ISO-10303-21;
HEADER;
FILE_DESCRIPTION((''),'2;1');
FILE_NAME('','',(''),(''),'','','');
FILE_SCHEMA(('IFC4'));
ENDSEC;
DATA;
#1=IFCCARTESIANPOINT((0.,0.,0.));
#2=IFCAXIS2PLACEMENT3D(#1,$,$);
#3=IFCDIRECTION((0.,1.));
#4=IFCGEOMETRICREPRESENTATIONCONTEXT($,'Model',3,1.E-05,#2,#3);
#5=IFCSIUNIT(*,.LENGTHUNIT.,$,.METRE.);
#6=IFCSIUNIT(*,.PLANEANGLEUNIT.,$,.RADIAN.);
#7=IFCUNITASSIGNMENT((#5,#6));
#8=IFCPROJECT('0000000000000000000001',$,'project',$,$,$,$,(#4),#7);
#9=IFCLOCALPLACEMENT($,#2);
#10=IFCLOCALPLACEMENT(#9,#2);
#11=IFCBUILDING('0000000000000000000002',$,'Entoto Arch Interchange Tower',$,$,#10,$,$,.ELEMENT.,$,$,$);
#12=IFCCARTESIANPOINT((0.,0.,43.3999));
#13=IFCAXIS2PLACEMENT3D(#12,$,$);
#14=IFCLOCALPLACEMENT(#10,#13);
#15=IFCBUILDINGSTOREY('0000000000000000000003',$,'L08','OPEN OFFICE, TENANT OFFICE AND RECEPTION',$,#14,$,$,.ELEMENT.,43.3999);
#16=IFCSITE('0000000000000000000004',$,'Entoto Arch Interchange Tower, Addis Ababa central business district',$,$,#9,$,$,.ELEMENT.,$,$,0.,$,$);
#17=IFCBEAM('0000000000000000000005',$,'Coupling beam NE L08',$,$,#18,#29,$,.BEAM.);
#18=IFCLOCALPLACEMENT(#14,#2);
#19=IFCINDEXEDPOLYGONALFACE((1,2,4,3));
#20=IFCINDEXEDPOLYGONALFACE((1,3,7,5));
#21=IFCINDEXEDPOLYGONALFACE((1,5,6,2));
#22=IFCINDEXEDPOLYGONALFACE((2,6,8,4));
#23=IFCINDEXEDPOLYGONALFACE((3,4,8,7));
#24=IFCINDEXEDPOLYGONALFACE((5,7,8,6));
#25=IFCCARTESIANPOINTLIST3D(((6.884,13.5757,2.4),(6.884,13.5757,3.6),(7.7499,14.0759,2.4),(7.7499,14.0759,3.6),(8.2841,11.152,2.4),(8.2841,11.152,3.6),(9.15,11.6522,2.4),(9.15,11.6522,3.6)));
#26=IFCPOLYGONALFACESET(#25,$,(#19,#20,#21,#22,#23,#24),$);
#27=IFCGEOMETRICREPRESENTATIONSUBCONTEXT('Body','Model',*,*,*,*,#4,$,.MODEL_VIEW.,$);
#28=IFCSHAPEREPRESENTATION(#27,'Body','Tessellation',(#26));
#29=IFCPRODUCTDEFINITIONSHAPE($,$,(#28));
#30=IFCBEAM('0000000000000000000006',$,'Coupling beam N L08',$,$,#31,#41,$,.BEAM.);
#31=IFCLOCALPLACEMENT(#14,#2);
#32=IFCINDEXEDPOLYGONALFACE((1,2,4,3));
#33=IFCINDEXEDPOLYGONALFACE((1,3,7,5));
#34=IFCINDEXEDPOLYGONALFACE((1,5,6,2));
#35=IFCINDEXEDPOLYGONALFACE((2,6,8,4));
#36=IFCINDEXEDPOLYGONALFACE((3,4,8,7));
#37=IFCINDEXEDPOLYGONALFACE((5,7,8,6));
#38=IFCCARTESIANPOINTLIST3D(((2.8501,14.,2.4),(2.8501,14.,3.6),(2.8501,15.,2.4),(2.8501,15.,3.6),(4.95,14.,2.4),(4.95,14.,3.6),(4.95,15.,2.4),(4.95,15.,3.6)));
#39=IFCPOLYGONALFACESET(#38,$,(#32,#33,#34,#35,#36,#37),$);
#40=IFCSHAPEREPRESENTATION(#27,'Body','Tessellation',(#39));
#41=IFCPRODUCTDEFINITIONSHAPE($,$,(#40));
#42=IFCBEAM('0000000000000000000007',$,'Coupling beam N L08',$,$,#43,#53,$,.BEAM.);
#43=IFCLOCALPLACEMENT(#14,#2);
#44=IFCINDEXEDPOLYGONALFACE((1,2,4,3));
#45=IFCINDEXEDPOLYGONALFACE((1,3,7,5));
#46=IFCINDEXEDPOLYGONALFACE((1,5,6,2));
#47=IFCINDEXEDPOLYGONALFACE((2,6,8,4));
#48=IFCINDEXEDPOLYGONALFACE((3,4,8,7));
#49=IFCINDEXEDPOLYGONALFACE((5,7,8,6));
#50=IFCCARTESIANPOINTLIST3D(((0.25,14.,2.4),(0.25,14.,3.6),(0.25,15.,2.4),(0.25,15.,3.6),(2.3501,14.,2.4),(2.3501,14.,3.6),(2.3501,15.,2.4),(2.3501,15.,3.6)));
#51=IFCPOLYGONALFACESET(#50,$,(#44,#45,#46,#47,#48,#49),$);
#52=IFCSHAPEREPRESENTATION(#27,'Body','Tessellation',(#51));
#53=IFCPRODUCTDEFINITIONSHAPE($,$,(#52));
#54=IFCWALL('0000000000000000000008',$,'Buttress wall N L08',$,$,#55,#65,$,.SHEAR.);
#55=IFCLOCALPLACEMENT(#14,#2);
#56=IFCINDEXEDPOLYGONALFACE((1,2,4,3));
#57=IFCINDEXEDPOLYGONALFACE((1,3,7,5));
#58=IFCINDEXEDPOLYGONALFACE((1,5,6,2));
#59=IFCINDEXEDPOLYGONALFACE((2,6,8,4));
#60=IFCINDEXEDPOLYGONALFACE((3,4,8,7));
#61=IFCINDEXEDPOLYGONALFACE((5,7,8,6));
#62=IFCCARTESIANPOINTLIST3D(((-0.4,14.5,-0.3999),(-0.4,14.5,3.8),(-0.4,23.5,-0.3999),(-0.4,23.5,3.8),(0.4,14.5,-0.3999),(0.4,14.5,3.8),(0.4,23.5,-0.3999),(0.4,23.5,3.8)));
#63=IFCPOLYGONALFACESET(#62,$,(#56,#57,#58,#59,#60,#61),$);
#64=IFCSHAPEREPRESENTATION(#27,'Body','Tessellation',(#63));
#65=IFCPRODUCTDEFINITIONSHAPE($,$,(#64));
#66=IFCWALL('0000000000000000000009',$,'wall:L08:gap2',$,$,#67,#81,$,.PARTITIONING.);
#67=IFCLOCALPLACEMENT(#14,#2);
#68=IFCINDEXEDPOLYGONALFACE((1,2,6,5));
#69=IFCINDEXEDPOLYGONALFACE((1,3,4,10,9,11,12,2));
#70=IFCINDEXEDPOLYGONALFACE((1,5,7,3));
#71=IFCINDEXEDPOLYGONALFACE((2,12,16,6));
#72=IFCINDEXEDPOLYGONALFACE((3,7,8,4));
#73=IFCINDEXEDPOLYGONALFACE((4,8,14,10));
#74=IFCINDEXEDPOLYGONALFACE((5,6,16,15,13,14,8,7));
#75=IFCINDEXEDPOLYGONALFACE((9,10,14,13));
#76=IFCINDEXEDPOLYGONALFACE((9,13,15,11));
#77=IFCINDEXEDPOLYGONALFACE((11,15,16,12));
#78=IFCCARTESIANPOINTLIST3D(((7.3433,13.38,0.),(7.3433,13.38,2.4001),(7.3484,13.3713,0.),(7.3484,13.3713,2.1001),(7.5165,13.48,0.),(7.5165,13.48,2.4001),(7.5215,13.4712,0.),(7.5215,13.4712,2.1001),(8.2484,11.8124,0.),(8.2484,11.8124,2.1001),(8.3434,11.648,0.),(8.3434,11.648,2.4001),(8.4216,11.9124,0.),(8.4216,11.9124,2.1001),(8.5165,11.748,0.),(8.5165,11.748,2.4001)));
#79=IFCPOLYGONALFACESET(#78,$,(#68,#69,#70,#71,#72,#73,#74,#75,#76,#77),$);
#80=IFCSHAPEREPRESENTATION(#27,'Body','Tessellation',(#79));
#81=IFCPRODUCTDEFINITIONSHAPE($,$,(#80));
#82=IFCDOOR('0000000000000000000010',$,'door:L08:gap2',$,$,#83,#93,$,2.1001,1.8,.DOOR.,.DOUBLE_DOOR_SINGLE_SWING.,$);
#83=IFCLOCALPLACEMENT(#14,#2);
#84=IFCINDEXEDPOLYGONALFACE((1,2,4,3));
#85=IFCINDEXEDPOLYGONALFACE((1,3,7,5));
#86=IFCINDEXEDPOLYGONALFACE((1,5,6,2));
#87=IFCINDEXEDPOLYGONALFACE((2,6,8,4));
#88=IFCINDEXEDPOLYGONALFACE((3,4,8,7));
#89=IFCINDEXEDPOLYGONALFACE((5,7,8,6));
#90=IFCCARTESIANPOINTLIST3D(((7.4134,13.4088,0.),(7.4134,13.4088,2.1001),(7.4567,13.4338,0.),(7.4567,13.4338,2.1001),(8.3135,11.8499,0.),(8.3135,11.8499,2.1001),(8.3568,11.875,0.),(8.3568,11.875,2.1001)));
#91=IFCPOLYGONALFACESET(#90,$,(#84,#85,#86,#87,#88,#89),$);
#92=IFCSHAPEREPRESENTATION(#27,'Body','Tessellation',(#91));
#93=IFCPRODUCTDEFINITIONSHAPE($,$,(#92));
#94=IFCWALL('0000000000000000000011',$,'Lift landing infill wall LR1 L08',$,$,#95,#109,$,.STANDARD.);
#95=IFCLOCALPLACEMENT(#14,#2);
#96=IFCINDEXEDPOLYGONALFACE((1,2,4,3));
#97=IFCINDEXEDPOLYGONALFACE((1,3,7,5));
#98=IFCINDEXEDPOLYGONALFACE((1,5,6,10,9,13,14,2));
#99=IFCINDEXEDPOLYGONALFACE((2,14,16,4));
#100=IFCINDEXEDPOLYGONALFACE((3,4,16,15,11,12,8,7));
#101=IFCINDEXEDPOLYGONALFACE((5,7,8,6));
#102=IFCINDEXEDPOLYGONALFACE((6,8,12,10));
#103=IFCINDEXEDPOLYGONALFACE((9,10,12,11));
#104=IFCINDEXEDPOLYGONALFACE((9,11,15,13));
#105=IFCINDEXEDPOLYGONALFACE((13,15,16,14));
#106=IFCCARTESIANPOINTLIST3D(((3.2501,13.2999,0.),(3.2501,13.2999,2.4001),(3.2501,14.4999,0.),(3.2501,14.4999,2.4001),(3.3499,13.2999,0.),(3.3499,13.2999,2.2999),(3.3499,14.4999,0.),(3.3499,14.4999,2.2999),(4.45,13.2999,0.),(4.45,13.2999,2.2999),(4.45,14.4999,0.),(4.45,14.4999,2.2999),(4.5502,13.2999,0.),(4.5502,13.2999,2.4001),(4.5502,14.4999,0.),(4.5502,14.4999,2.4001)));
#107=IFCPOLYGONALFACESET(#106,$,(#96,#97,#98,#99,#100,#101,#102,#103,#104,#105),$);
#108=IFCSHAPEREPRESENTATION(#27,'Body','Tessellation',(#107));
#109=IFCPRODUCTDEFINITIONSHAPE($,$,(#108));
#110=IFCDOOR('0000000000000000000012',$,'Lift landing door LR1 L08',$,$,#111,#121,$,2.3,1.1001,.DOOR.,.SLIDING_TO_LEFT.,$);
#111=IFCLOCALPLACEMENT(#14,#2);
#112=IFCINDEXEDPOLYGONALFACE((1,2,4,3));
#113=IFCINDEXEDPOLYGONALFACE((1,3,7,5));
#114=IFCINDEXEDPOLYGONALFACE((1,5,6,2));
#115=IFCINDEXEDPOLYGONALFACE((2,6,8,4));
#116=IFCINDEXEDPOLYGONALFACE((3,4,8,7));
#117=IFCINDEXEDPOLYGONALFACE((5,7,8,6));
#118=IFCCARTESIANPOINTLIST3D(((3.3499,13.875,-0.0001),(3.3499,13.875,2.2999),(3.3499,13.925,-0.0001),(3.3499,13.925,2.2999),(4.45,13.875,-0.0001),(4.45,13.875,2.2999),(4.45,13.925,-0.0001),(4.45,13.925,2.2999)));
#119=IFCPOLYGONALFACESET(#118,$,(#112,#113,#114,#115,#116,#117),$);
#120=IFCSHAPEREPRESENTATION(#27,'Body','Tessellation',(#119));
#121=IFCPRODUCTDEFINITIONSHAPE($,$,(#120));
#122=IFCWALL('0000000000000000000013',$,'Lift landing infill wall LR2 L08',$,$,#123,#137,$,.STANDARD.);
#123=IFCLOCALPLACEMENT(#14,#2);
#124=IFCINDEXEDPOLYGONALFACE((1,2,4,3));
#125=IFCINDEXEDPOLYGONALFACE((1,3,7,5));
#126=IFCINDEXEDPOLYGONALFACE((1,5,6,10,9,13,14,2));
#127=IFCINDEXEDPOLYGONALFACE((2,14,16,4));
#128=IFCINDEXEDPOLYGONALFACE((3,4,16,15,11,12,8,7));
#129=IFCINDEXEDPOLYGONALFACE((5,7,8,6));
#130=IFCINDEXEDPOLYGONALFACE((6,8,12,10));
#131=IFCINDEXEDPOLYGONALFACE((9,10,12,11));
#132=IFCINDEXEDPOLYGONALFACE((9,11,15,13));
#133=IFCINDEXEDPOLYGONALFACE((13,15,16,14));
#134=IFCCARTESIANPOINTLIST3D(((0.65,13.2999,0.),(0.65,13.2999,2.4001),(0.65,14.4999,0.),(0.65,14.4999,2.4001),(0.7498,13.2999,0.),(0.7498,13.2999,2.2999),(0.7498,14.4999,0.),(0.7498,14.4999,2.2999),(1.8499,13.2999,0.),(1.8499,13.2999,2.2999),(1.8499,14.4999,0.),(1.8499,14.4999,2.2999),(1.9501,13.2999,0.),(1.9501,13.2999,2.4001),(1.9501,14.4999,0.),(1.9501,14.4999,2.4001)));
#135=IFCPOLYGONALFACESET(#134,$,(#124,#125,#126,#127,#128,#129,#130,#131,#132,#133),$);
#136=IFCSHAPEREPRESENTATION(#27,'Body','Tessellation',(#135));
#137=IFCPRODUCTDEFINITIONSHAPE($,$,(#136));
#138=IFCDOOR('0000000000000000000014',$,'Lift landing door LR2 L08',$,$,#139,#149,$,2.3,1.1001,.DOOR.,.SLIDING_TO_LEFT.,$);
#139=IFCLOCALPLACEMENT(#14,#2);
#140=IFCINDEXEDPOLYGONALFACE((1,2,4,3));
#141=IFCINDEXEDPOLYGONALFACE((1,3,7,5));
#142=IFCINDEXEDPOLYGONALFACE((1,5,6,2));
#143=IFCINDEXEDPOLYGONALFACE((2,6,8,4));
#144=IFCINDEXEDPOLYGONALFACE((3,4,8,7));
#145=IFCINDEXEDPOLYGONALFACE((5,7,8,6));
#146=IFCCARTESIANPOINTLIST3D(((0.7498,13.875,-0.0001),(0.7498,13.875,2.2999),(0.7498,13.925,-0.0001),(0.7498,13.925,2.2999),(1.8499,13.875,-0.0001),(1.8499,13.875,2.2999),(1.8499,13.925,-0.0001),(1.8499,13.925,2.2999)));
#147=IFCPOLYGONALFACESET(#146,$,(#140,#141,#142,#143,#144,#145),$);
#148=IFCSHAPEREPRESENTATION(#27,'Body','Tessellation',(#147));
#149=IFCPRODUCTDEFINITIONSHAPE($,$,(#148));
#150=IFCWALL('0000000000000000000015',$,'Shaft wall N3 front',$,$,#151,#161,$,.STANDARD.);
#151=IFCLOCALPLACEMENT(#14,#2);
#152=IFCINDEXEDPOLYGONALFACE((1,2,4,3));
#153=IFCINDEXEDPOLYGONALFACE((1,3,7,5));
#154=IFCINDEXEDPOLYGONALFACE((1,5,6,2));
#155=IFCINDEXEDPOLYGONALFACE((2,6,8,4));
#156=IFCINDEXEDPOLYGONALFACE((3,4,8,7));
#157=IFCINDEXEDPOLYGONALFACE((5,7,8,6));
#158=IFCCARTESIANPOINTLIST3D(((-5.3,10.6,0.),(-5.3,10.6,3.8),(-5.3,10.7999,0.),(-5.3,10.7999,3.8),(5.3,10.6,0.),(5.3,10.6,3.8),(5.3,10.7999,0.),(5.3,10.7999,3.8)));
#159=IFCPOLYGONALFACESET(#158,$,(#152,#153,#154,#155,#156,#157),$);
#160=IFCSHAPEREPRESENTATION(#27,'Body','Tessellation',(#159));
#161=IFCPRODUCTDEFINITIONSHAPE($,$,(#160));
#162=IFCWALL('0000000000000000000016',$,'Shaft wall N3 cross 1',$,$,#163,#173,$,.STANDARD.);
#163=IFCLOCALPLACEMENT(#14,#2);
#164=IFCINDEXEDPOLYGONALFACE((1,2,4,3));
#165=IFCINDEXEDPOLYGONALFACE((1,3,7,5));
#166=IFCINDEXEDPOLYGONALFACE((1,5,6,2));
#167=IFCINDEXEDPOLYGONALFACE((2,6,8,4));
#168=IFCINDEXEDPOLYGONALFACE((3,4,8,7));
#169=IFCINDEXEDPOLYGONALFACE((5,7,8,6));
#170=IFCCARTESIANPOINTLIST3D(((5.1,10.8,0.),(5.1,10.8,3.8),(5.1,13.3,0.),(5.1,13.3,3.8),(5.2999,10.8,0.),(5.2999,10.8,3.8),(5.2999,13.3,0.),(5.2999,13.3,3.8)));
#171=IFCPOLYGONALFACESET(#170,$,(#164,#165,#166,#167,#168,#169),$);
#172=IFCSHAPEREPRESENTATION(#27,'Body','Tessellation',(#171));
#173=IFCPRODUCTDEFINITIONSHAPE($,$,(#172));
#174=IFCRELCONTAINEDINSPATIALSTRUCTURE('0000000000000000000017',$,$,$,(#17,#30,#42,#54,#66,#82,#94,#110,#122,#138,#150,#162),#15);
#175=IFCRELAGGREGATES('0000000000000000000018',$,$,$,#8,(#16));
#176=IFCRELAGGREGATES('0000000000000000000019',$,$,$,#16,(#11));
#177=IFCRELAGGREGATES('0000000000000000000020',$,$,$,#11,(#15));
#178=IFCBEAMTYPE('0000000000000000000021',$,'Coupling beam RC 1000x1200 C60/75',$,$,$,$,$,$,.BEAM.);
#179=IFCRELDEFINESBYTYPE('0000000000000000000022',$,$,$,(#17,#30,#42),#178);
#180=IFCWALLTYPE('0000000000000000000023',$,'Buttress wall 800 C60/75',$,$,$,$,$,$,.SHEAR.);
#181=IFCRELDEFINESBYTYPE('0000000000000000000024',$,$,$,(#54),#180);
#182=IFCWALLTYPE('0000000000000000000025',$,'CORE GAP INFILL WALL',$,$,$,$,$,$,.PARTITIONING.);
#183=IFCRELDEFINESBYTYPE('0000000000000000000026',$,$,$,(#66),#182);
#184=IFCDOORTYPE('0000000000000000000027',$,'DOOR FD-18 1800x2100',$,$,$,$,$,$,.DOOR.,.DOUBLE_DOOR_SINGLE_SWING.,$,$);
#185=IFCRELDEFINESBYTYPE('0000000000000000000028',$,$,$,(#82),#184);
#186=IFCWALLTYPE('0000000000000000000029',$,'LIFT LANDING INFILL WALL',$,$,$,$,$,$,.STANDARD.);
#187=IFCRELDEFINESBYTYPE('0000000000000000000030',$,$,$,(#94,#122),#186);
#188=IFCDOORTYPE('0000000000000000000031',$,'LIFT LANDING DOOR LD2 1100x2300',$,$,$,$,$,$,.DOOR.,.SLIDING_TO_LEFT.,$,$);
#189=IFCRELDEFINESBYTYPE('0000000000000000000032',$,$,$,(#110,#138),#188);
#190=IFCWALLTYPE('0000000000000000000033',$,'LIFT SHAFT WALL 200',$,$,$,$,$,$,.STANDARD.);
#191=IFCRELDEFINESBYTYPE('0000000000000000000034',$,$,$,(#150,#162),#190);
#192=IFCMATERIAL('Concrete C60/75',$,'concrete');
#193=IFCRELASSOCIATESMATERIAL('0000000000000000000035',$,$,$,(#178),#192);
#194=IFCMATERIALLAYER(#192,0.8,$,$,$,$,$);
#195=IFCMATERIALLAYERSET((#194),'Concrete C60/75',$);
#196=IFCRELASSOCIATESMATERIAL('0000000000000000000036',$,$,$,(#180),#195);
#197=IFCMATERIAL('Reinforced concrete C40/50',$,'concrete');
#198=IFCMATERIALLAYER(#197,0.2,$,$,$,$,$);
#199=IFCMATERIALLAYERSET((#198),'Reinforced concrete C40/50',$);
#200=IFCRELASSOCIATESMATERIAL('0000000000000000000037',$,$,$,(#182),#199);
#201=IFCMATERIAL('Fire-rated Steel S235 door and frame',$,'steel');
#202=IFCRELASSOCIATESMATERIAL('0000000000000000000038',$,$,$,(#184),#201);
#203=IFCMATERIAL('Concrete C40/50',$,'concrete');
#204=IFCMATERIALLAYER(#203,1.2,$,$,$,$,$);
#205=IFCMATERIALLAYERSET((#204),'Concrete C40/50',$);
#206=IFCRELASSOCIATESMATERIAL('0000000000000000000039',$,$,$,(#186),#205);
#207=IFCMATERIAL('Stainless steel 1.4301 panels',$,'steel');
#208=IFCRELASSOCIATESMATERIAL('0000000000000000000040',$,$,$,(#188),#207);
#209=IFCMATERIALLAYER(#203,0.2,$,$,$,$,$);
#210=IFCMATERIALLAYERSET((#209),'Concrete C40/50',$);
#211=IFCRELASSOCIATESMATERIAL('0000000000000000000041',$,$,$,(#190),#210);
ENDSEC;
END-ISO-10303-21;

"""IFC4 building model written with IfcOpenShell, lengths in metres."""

from ifc_helpers import new_model, si_unit, direction, frame, frame_2d, origin, origin_2d, place, context, subcontext, project, spatial, rectangle, extrude, material, layer, layer_set, material_profile, profile_set, type_object, element, fill, save


model = new_model("IFC4")

# Units and contexts
model_context = context("Model", 3, precision=1e-05, world=origin(), true_north=direction((0.0, 1.0)))
body_context = subcontext(model_context, "Body", "Model", "MODEL_VIEW")
ifc_project = project(units=[si_unit("LENGTHUNIT", "METRE"), si_unit("PLANEANGLEUNIT", "RADIAN")], contexts=[model_context])

# Site, building, storey
site_placement = place(None, origin())
site = spatial("IfcSite", under=ifc_project, at=site_placement, Name="Entoto Arch Interchange Tower, Addis Ababa central business district", CompositionType="ELEMENT", RefElevation=0.0)
building_placement = place(site_placement, origin())
building = spatial("IfcBuilding", under=site, at=building_placement, Name="Entoto Arch Interchange Tower", CompositionType="ELEMENT")
storey_placement = place(building_placement, frame((0.0, 0.0, 43.3999)))
storey = spatial("IfcBuildingStorey", under=building, at=storey_placement, Name="L08", Description="OPEN OFFICE, TENANT OFFICE AND RECEPTION", CompositionType="ELEMENT", Elevation=43.3999)

# Beams
ifc_material_1 = material(Name="Concrete C60/75", Category="concrete")
ifc_material_profile = material_profile(ifc_material_1, rectangle(XDim=1.0, YDim=1.2, at=origin_2d()))
ifc_profile_set = profile_set([ifc_material_profile], Name="Concrete C60/75")
beam_type = type_object("IfcBeamType", Name="Coupling beam RC 1000x1200 C60/75", PredefinedType="BEAM", material=ifc_profile_set)
beam_1_placement = place(storey_placement, frame((8.717, 11.4021, 3.0), z_axis=(-0.500201, 0.86591, 0.0), x_axis=(-0.86591, -0.500201, 0.0)))
element("IfcBeam", 1, at=beam_1_placement, inside=storey, type_object=beam_type, Name="Coupling beam NE L08", PredefinedType="BEAM", context=body_context, shape_type="SweptSolid", body=[
    extrude(rectangle(XDim=1.0, YDim=1.2, at=origin_2d()), origin(), (0.0, 0.0, 1.0), 2.7991),
])
beam_2_placement = place(storey_placement, frame((4.95, 14.5, 3.0), z_axis=(-1.0, 0.0, 0.0), x_axis=(0.0, -1.0, 0.0)))
element("IfcBeam", 2, at=beam_2_placement, inside=storey, type_object=beam_type, Name="Coupling beam N L08", PredefinedType="BEAM", context=body_context, shape_type="SweptSolid", body=[
    extrude(rectangle(XDim=1.0, YDim=1.2, at=origin_2d()), origin(), (0.0, 0.0, 1.0), 2.0999),
])
beam_3_placement = place(storey_placement, frame((2.3501, 14.5, 3.0), z_axis=(-1.0, 0.0, 0.0), x_axis=(0.0, -1.0, 0.0)))
element("IfcBeam", 3, at=beam_3_placement, inside=storey, type_object=beam_type, Name="Coupling beam N L08", PredefinedType="BEAM", context=body_context, shape_type="SweptSolid", body=[
    extrude(rectangle(XDim=1.0, YDim=1.2, at=origin_2d()), origin(), (0.0, 0.0, 1.0), 2.1001),
])

# Wall
ifc_layer_1 = layer(ifc_material_1, 0.8)
ifc_layer_set_1 = layer_set([ifc_layer_1], Name="Concrete C60/75")
wall_type_1 = type_object("IfcWallType", Name="Buttress wall 800 C60/75", PredefinedType="SHEAR", material=ifc_layer_set_1)
wall_1_placement = place(storey_placement, frame((0.0, 14.5, -0.3999), z_axis=(0.0, 0.0, 1.0), x_axis=(0.0, 1.0, 0.0)))
element("IfcWall", 4, at=wall_1_placement, inside=storey, type_object=wall_type_1, Name="Buttress wall N L08", PredefinedType="SHEAR", context=body_context, shape_type="SweptSolid", body=[
    extrude(rectangle(XDim=9.0, YDim=0.8, at=frame_2d((4.5, 0.0))), origin(), (0.0, 0.0, 1.0), 4.2),
])

# Walls, openings, doors
ifc_material_2 = material(Name="Reinforced concrete C40/50", Category="concrete")
ifc_layer_2 = layer(ifc_material_2, 0.2)
ifc_layer_set_2 = layer_set([ifc_layer_2], Name="Reinforced concrete C40/50")
wall_type_2 = type_object("IfcWallType", Name="CORE GAP INFILL WALL", PredefinedType="PARTITIONING", material=ifc_layer_set_2)
wall_2_placement = place(storey_placement, frame((8.4299, 11.698, 0.0), z_axis=(0.0, 0.0, 1.0), x_axis=(-0.500025, 0.866011, 0.0)))
wall_2 = element("IfcWall", 5, at=wall_2_placement, inside=storey, type_object=wall_type_2, Name="wall:L08:gap2", PredefinedType="PARTITIONING", context=body_context, shape_type="SweptSolid", body=[
    extrude(rectangle(XDim=2.0, YDim=0.2, at=frame_2d((1.0, 0.0))), origin(), (0.0, 0.0, 1.0), 2.4001),
])
opening_1_placement = place(wall_2_placement, frame((0.1899, 0.0, 0.0)))
opening_1 = element("IfcOpeningElement", 6, at=opening_1_placement, cuts=wall_2, PredefinedType="OPENING", context=body_context, shape_type="SweptSolid", body=[
    extrude(rectangle(XDim=1.8, YDim=2.1001, at=frame_2d((0.8999, 1.05))), frame((0.0, 0.1099, 0.0), z_axis=(0.0, -1.0, 0.0), x_axis=(1.0, 0.0, 0.0)), (0.0, 0.0, 1.0), 0.22),
])
ifc_material_3 = material(Name="Fire-rated Steel S235 door and frame", Category="steel")
door_type_1 = type_object("IfcDoorType", Name="DOOR FD-18 1800x2100", OperationType="DOUBLE_DOOR_SINGLE_SWING", PredefinedType="DOOR", material=ifc_material_3)
door_1_placement = place(opening_1_placement, origin())
door_1 = element("IfcDoor", 7, at=door_1_placement, inside=storey, type_object=door_type_1, Name="door:L08:gap2", OperationType="DOUBLE_DOOR_SINGLE_SWING", OverallHeight=2.1001, OverallWidth=1.8, PredefinedType="DOOR", context=body_context, shape_type="SweptSolid", body=[
    extrude(rectangle(XDim=1.8, YDim=2.1001, at=frame_2d((0.8999, 1.05))), frame((0.0, 0.0249, 0.0), z_axis=(0.0, -1.0, 0.0), x_axis=(1.0, 0.0, 0.0)), (0.0, 0.0, 1.0), 0.05),
])
fill(opening_1, door_1)
ifc_material_4 = material(Name="Concrete C40/50", Category="concrete")
ifc_layer_3 = layer(ifc_material_4, 1.2)
ifc_layer_set_3 = layer_set([ifc_layer_3], Name="Concrete C40/50")
wall_type_3 = type_object("IfcWallType", Name="LIFT LANDING INFILL WALL", PredefinedType="STANDARD", material=ifc_layer_set_3)
wall_3_placement = place(storey_placement, frame((4.55, 13.8999, 0.0), z_axis=(0.0, 0.0, 1.0), x_axis=(-1.0, 0.0, 0.0)))
wall_3 = element("IfcWall", 8, at=wall_3_placement, inside=storey, type_object=wall_type_3, Name="Lift landing infill wall LR1 L08", PredefinedType="STANDARD", context=body_context, shape_type="SweptSolid", body=[
    extrude(rectangle(XDim=1.3, YDim=1.2, at=frame_2d((0.6499, 0.0))), origin(), (0.0, 0.0, 1.0), 2.4001),
])
opening_2_placement = place(wall_3_placement, frame((0.1001, 0.0, 0.0)))
opening_2 = element("IfcOpeningElement", 9, at=opening_2_placement, cuts=wall_3, PredefinedType="OPENING", context=body_context, shape_type="SweptSolid", body=[
    extrude(rectangle(XDim=1.1001, YDim=2.3, at=frame_2d((0.55, 1.1499))), frame((0.0, 0.6099, 0.0), z_axis=(0.0, -1.0, 0.0), x_axis=(1.0, 0.0, 0.0)), (0.0, 0.0, 1.0), 1.22),
])
ifc_material_5 = material(Name="Stainless steel 1.4301 panels", Category="steel")
door_type_2 = type_object("IfcDoorType", Name="LIFT LANDING DOOR LD2 1100x2300", OperationType="SLIDING_TO_LEFT", PredefinedType="DOOR", material=ifc_material_5)
door_2_placement = place(opening_2_placement, origin())
door_2 = element("IfcDoor", 10, at=door_2_placement, inside=storey, type_object=door_type_2, Name="Lift landing door LR1 L08", OperationType="SLIDING_TO_LEFT", OverallHeight=2.3, OverallWidth=1.1001, PredefinedType="DOOR", context=body_context, shape_type="SweptSolid", body=[
    extrude(rectangle(XDim=1.1001, YDim=2.3, at=frame_2d((0.55, 1.1499))), frame((0.0, 0.0249, 0.0), z_axis=(0.0, -1.0, 0.0), x_axis=(1.0, 0.0, 0.0)), (0.0, 0.0, 1.0), 0.05),
])
fill(opening_2, door_2)
wall_4_placement = place(storey_placement, frame((1.95, 13.8999, 0.0), z_axis=(0.0, 0.0, 1.0), x_axis=(-1.0, 0.0, 0.0)))
wall_4 = element("IfcWall", 11, at=wall_4_placement, inside=storey, type_object=wall_type_3, Name="Lift landing infill wall LR2 L08", PredefinedType="STANDARD", context=body_context, shape_type="SweptSolid", body=[
    extrude(rectangle(XDim=1.3, YDim=1.2, at=frame_2d((0.6499, 0.0))), origin(), (0.0, 0.0, 1.0), 2.4001),
])
opening_3_placement = place(wall_4_placement, frame((0.1001, 0.0, 0.0)))
opening_3 = element("IfcOpeningElement", 12, at=opening_3_placement, cuts=wall_4, PredefinedType="OPENING", context=body_context, shape_type="SweptSolid", body=[
    extrude(rectangle(XDim=1.1001, YDim=2.3, at=frame_2d((0.55, 1.1499))), frame((0.0, 0.6099, 0.0), z_axis=(0.0, -1.0, 0.0), x_axis=(1.0, 0.0, 0.0)), (0.0, 0.0, 1.0), 1.22),
])
door_3_placement = place(opening_3_placement, origin())
door_3 = element("IfcDoor", 13, at=door_3_placement, inside=storey, type_object=door_type_2, Name="Lift landing door LR2 L08", OperationType="SLIDING_TO_LEFT", OverallHeight=2.3, OverallWidth=1.1001, PredefinedType="DOOR", context=body_context, shape_type="SweptSolid", body=[
    extrude(rectangle(XDim=1.1001, YDim=2.3, at=frame_2d((0.55, 1.1499))), frame((0.0, 0.0249, 0.0), z_axis=(0.0, -1.0, 0.0), x_axis=(1.0, 0.0, 0.0)), (0.0, 0.0, 1.0), 0.05),
])
fill(opening_3, door_3)

# Walls
ifc_layer_4 = layer(ifc_material_4, 0.2)
ifc_layer_set_4 = layer_set([ifc_layer_4], Name="Concrete C40/50")
wall_type_4 = type_object("IfcWallType", Name="LIFT SHAFT WALL 200", PredefinedType="STANDARD", material=ifc_layer_set_4)
wall_5_placement = place(storey_placement, frame((5.3, 10.7, 0.0), z_axis=(0.0, 0.0, 1.0), x_axis=(-1.0, 0.0, 0.0)))
element("IfcWall", 14, at=wall_5_placement, inside=storey, type_object=wall_type_4, Name="Shaft wall N3 front", PredefinedType="STANDARD", context=body_context, shape_type="SweptSolid", body=[
    extrude(rectangle(XDim=10.6001, YDim=0.2, at=frame_2d((5.3, 0.0))), origin(), (0.0, 0.0, 1.0), 3.8),
])
for number, where, z_axis, x_axis, name in (
    (15, (5.2, 10.8, 0.0), (0.0, 0.0, 1.0), (0.0, 1.0, 0.0), "Shaft wall N3 cross 1"),
):
    element("IfcWall", number, at=place(storey_placement, frame(where, z_axis=z_axis, x_axis=x_axis)), inside=storey, type_object=wall_type_4, Name=name, PredefinedType="STANDARD", context=body_context, shape_type="SweptSolid", body=[
        extrude(rectangle(XDim=2.5, YDim=0.2, at=frame_2d((1.25, 0.0))), origin(), (0.0, 0.0, 1.0), 3.8),
    ])

save(model, "model.ifc")
